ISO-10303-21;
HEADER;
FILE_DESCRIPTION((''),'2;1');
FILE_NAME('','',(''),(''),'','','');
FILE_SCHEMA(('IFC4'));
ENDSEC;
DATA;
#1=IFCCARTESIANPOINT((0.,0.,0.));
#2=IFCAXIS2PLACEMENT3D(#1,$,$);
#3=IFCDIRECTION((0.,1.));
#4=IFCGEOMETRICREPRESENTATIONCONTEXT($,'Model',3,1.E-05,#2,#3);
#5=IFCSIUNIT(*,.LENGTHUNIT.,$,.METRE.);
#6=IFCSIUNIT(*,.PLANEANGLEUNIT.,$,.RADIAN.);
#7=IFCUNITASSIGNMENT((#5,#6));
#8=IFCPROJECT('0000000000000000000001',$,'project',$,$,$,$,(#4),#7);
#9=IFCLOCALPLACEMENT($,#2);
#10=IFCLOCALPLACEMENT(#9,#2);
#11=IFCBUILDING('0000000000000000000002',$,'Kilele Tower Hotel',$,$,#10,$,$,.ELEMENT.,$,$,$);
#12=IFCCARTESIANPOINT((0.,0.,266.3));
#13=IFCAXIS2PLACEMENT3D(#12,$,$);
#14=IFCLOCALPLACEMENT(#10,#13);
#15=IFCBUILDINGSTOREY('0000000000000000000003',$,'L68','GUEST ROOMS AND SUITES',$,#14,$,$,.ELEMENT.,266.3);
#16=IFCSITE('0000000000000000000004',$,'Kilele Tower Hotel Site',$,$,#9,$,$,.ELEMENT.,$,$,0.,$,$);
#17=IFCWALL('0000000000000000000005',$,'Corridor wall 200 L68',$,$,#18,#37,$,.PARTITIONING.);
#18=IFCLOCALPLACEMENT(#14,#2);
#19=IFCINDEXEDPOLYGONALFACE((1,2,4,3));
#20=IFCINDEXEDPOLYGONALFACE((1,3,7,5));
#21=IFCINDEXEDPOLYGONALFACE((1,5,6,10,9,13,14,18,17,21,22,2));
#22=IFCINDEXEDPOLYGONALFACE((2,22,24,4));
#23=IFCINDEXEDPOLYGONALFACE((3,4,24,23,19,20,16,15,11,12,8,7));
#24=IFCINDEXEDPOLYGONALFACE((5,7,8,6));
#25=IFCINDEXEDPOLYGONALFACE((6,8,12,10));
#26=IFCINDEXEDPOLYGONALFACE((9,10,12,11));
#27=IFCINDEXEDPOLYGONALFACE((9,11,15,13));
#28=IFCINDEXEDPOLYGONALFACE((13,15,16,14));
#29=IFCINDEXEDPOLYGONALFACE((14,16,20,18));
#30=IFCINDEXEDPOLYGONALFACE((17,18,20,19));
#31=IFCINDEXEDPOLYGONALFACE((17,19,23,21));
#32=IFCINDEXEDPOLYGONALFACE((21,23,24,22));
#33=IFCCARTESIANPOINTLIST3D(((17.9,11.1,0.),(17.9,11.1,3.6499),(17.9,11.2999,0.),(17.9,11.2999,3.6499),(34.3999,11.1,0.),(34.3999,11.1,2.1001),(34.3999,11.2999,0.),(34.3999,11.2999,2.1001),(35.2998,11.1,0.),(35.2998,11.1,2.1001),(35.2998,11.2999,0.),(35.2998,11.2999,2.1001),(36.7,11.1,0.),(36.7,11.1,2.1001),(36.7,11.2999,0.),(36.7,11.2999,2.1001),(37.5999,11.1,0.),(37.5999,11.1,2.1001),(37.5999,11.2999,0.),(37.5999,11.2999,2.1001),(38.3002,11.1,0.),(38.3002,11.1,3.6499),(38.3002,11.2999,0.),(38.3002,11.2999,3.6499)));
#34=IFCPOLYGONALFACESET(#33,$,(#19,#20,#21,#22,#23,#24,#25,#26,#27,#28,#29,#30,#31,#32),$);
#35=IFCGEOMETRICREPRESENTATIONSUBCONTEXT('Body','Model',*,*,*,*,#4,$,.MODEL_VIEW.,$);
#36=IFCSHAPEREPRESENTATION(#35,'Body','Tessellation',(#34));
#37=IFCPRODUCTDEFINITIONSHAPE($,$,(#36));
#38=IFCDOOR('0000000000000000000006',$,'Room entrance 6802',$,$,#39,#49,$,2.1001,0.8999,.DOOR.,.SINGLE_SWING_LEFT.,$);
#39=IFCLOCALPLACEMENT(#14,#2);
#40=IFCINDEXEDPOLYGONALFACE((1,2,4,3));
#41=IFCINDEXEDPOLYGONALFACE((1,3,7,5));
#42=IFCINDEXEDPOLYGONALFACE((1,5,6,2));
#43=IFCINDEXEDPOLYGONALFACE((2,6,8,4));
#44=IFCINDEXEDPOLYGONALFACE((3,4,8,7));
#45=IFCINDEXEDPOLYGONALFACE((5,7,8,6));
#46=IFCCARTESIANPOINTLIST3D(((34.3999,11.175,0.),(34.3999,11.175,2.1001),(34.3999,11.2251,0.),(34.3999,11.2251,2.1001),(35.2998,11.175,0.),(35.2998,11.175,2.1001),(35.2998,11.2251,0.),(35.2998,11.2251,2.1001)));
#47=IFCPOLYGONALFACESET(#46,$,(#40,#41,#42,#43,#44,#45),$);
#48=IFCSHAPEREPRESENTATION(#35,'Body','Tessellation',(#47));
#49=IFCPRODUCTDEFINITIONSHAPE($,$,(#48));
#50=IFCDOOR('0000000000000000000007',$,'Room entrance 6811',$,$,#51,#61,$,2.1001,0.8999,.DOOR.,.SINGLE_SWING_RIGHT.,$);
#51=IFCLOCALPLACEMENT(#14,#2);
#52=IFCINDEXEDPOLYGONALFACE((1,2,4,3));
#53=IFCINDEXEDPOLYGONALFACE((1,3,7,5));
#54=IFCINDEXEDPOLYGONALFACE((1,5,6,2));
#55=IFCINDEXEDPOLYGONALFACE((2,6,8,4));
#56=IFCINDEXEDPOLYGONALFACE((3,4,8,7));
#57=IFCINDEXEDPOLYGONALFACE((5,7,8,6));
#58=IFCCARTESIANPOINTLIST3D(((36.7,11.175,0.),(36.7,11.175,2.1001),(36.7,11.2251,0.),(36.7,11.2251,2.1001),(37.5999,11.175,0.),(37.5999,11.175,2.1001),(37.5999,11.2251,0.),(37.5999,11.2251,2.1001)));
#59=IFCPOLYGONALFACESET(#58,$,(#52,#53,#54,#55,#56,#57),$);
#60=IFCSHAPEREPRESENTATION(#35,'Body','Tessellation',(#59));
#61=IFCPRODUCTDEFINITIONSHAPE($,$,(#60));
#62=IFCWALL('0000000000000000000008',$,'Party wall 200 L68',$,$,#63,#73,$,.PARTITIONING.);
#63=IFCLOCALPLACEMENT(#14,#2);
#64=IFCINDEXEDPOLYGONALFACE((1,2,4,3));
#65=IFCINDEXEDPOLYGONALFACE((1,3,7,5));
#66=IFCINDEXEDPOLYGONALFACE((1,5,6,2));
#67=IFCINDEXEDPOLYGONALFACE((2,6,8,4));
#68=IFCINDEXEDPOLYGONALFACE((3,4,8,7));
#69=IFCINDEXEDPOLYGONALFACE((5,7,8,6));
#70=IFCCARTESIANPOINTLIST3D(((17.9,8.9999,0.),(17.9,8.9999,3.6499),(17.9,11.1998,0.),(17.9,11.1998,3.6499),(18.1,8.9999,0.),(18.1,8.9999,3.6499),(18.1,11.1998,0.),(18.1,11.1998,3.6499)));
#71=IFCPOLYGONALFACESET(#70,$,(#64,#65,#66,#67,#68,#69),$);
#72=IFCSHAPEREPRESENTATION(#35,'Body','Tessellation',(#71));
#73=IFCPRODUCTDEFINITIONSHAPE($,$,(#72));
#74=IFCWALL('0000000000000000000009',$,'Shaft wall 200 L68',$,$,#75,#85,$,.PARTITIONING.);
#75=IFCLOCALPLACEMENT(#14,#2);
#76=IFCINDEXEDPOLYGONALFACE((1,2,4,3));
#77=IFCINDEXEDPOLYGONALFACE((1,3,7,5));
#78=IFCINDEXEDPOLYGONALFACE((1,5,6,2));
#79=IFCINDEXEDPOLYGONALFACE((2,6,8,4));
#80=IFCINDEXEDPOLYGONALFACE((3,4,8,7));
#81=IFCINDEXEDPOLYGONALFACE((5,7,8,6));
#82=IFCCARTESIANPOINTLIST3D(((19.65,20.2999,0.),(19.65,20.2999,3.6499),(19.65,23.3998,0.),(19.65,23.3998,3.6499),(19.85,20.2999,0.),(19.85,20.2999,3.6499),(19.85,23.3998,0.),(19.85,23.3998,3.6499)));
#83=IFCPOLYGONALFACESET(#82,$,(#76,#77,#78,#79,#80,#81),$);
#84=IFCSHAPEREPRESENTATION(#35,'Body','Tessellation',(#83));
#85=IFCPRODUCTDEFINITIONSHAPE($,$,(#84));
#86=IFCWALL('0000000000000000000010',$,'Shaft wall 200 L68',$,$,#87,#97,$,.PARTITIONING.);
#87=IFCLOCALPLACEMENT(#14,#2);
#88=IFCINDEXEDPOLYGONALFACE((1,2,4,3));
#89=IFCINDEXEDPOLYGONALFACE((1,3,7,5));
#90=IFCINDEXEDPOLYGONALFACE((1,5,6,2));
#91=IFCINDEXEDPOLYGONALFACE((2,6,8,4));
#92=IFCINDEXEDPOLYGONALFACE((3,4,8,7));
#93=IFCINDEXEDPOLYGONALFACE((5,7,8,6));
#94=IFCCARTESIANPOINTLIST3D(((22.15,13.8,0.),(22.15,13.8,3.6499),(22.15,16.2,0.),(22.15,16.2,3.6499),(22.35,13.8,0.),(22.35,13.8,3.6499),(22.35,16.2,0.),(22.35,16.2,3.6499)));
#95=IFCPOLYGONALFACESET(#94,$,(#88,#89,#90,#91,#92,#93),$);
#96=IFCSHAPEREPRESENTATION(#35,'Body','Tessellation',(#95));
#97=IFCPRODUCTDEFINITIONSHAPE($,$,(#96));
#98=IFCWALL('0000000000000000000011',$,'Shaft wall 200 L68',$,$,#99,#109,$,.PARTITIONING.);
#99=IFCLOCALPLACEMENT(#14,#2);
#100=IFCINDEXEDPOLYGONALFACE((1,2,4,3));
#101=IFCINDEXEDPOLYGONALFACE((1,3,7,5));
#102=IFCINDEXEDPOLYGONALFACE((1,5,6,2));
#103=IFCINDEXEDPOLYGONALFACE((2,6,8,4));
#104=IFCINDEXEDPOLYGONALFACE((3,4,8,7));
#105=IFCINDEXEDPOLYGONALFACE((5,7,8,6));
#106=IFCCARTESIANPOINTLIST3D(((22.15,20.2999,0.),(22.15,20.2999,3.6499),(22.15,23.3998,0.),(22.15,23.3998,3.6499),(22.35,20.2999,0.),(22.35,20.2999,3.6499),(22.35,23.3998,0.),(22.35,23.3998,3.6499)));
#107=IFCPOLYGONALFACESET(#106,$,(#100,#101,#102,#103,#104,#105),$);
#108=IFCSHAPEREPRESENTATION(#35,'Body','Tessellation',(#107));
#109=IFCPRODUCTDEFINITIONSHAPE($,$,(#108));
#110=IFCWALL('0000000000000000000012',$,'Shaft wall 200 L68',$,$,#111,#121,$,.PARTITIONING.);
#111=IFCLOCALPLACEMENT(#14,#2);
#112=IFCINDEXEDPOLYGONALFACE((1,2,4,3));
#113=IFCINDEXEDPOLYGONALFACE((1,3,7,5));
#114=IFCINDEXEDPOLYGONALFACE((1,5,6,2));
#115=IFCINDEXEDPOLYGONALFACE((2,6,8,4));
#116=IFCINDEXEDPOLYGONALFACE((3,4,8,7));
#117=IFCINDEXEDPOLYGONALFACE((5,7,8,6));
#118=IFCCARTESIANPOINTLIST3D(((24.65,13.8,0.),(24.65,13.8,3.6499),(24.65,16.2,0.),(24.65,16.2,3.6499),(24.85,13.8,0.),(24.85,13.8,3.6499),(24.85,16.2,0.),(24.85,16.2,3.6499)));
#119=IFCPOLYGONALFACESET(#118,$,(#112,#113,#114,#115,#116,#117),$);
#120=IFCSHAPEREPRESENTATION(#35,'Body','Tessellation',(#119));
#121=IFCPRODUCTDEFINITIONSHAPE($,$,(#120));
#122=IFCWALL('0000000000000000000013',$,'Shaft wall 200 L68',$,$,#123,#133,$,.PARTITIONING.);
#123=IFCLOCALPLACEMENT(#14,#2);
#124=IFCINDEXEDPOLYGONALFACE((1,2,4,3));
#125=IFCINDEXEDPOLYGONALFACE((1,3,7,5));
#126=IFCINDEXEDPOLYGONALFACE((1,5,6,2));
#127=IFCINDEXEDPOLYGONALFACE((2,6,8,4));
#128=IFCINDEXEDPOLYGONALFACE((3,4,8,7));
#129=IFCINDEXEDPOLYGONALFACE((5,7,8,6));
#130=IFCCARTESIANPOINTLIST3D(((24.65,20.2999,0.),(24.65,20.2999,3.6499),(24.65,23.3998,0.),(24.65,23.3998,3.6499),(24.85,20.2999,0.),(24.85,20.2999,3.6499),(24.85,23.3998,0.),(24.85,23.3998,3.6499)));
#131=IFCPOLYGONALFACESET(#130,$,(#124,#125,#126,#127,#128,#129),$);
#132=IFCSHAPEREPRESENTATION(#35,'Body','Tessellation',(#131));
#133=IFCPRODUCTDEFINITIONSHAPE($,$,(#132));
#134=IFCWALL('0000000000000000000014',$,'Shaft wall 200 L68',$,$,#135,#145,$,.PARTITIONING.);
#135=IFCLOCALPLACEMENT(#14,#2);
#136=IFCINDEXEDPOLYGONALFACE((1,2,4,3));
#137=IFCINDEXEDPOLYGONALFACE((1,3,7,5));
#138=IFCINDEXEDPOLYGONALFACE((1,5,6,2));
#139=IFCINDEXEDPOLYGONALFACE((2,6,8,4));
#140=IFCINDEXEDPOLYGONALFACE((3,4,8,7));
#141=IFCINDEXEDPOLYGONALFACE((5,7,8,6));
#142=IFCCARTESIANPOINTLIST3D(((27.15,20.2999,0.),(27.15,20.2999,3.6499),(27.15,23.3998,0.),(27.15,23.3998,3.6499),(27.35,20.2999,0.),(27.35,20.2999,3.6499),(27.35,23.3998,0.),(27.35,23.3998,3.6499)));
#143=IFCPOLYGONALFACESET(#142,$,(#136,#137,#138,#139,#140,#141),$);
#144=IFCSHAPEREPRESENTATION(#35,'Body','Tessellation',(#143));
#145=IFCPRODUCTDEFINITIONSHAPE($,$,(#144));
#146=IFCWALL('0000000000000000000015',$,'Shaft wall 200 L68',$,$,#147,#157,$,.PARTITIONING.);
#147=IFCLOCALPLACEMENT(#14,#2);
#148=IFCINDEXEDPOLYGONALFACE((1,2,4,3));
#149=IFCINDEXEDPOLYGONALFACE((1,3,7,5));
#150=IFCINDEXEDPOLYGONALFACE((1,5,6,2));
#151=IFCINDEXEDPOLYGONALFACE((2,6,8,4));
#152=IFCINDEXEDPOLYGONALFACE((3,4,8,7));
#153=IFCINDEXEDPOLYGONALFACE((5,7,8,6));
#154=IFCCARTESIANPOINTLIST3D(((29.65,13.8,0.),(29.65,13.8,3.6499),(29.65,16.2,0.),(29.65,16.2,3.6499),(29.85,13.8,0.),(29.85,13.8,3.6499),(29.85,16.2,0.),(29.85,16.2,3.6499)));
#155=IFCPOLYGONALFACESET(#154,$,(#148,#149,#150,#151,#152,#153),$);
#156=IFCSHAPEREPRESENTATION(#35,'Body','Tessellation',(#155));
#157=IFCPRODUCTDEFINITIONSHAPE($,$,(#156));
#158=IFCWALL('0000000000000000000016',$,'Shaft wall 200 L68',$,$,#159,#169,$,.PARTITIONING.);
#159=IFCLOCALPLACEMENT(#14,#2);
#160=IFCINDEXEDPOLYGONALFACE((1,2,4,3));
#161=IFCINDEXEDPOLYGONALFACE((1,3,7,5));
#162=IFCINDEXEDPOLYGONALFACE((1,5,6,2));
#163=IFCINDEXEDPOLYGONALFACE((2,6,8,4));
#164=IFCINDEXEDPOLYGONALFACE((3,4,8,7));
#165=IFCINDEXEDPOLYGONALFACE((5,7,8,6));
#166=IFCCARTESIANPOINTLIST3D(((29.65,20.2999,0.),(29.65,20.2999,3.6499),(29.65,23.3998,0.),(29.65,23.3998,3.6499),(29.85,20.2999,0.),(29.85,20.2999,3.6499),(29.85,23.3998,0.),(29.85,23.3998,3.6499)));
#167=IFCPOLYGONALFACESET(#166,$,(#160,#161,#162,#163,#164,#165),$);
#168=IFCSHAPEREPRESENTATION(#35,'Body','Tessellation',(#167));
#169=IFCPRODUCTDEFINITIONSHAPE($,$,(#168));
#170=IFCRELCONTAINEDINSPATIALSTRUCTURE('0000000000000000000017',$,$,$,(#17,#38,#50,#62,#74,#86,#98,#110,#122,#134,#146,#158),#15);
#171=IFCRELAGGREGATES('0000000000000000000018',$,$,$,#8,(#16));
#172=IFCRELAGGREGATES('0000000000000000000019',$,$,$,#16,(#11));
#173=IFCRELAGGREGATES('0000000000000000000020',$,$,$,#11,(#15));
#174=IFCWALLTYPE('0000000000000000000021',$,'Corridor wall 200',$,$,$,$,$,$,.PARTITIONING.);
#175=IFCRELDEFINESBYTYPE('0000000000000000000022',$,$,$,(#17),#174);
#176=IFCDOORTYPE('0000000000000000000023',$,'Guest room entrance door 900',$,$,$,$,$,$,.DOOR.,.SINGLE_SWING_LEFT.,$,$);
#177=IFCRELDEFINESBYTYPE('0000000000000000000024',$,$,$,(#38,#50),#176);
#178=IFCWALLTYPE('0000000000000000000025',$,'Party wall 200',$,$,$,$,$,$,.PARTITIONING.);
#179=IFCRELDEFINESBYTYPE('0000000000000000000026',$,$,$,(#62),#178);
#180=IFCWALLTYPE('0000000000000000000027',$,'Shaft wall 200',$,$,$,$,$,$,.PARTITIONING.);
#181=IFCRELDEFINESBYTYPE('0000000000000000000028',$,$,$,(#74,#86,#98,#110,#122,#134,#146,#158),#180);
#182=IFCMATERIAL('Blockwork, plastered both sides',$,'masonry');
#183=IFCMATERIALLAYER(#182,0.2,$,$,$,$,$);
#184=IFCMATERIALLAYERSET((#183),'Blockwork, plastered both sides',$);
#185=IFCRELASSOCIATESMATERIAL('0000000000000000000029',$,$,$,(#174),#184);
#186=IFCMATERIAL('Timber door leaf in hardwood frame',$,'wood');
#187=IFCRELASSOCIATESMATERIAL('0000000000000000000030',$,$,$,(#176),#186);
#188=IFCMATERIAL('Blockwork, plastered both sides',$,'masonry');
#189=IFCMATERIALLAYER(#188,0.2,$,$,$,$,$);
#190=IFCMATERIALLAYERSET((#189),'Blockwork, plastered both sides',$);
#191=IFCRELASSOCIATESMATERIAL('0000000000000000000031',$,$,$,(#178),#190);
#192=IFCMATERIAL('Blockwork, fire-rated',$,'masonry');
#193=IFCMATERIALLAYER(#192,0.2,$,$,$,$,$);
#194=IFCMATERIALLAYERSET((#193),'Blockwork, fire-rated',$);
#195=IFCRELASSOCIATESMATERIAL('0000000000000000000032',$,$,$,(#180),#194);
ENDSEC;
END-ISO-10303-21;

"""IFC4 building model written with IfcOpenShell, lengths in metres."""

from ifc_helpers import new_model, si_unit, direction, frame, frame_2d, origin, place, context, subcontext, project, spatial, rectangle, extrude, material, layer, layer_set, type_object, element, fill, save


model = new_model("IFC4")

# Units and contexts
model_context = context("Model", 3, precision=1e-05, world=origin(), true_north=direction((0.0, 1.0)))
body_context = subcontext(model_context, "Body", "Model", "MODEL_VIEW")
ifc_project = project(units=[si_unit("LENGTHUNIT", "METRE"), si_unit("PLANEANGLEUNIT", "RADIAN")], contexts=[model_context])

# Site, building, storey
site_placement = place(None, origin())
site = spatial("IfcSite", under=ifc_project, at=site_placement, Name="Kilele Tower Hotel Site", CompositionType="ELEMENT", RefElevation=0.0)
building_placement = place(site_placement, origin())
building = spatial("IfcBuilding", under=site, at=building_placement, Name="Kilele Tower Hotel", CompositionType="ELEMENT")
storey_placement = place(building_placement, frame((0.0, 0.0, 266.3)))
storey = spatial("IfcBuildingStorey", under=building, at=storey_placement, Name="L68", Description="GUEST ROOMS AND SUITES", CompositionType="ELEMENT", Elevation=266.3)

# Wall, openings, doors
ifc_material_1 = material(Name="Blockwork, plastered both sides", Category="masonry")
ifc_layer_1 = layer(ifc_material_1, 0.2)
ifc_layer_set_1 = layer_set([ifc_layer_1], Name="Blockwork, plastered both sides")
wall_type_1 = type_object("IfcWallType", Name="Corridor wall 200", PredefinedType="PARTITIONING", material=ifc_layer_set_1)
wall_1_placement = place(storey_placement, frame((17.8999, 11.2, 0.0), z_axis=(0.0, 0.0, 1.0), x_axis=(1.0, 0.0, 0.0)))
wall_1 = element("IfcWall", 1, at=wall_1_placement, inside=storey, type_object=wall_type_1, Name="Corridor wall 200 L68", PredefinedType="PARTITIONING", context=body_context, shape_type="SweptSolid", body=[
    extrude(rectangle(XDim=20.4001, YDim=0.2, at=frame_2d((10.2002, 0.0))), origin(), (0.0, 0.0, 1.0), 3.6499),
])
opening_1_placement = place(wall_1_placement, frame((17.3999, 0.0, 0.0), z_axis=(0.0, 0.0, 1.0), x_axis=(-1.0, 0.0, 0.0)))
opening_1 = element("IfcOpeningElement", 2, at=opening_1_placement, cuts=wall_1, PredefinedType="OPENING", context=body_context, shape_type="SweptSolid", body=[
    extrude(rectangle(XDim=0.8999, YDim=2.1001, at=frame_2d((0.45, 1.05))), frame((0.0, 0.1099, 0.0), z_axis=(0.0, -1.0, 0.0), x_axis=(1.0, 0.0, 0.0)), (0.0, 0.0, 1.0), 0.22),
])
opening_2_placement = place(wall_1_placement, frame((19.7, 0.0, 0.0), z_axis=(0.0, 0.0, 1.0), x_axis=(-1.0, 0.0, 0.0)))
opening_2 = element("IfcOpeningElement", 3, at=opening_2_placement, cuts=wall_1, PredefinedType="OPENING", context=body_context, shape_type="SweptSolid", body=[
    extrude(rectangle(XDim=0.8999, YDim=2.1001, at=frame_2d((0.45, 1.05))), frame((0.0, 0.1099, 0.0), z_axis=(0.0, -1.0, 0.0), x_axis=(1.0, 0.0, 0.0)), (0.0, 0.0, 1.0), 0.22),
])
ifc_material_2 = material(Name="Timber door leaf in hardwood frame", Category="wood")
door_type_1 = type_object("IfcDoorType", Name="Guest room entrance door 900", OperationType="SINGLE_SWING_LEFT", PredefinedType="DOOR", material=ifc_material_2)
door_1_placement = place(opening_1_placement, origin())
door_1 = element("IfcDoor", 4, at=door_1_placement, inside=storey, type_object=door_type_1, Name="Room entrance 6802", OperationType="SINGLE_SWING_LEFT", OverallHeight=2.1001, OverallWidth=0.8999, PredefinedType="DOOR", context=body_context, shape_type="SweptSolid", body=[
    extrude(rectangle(XDim=0.8999, YDim=2.1001, at=frame_2d((0.45, 1.05))), frame((0.0, 0.0249, 0.0), z_axis=(0.0, -1.0, 0.0), x_axis=(1.0, 0.0, 0.0)), (0.0, 0.0, 1.0), 0.05),
])
fill(opening_1, door_1)
door_2_placement = place(opening_2_placement, origin())
door_2 = element("IfcDoor", 5, at=door_2_placement, inside=storey, type_object=door_type_1, Name="Room entrance 6811", OperationType="SINGLE_SWING_RIGHT", OverallHeight=2.1001, OverallWidth=0.8999, PredefinedType="DOOR", context=body_context, shape_type="SweptSolid", body=[
    extrude(rectangle(XDim=0.8999, YDim=2.1001, at=frame_2d((0.45, 1.05))), frame((0.0, 0.0249, 0.0), z_axis=(0.0, -1.0, 0.0), x_axis=(1.0, 0.0, 0.0)), (0.0, 0.0, 1.0), 0.05),
])
fill(opening_2, door_2)

# Walls
ifc_material_3 = material(Name="Blockwork, plastered both sides", Category="masonry")
ifc_layer_2 = layer(ifc_material_3, 0.2)
ifc_layer_set_2 = layer_set([ifc_layer_2], Name="Blockwork, plastered both sides")
wall_type_2 = type_object("IfcWallType", Name="Party wall 200", PredefinedType="PARTITIONING", material=ifc_layer_set_2)
wall_2_placement = place(storey_placement, frame((18.0, 11.2, 0.0), z_axis=(0.0, 0.0, 1.0), x_axis=(0.0, -1.0, 0.0)))
element("IfcWall", 6, at=wall_2_placement, inside=storey, type_object=wall_type_2, Name="Party wall 200 L68", PredefinedType="PARTITIONING", context=body_context, shape_type="SweptSolid", body=[
    extrude(rectangle(XDim=2.2, YDim=0.2, at=frame_2d((1.1001, 0.0))), origin(), (0.0, 0.0, 1.0), 3.6499),
])
ifc_material_4 = material(Name="Blockwork, fire-rated", Category="masonry")
ifc_layer_3 = layer(ifc_material_4, 0.2)
ifc_layer_set_3 = layer_set([ifc_layer_3], Name="Blockwork, fire-rated")
wall_type_3 = type_object("IfcWallType", Name="Shaft wall 200", PredefinedType="PARTITIONING", material=ifc_layer_set_3)
wall_3_placement = place(storey_placement, frame((19.75, 20.3, 0.0), z_axis=(0.0, 0.0, 1.0), x_axis=(0.0, 1.0, 0.0)))
element("IfcWall", 7, at=wall_3_placement, inside=storey, type_object=wall_type_3, Name="Shaft wall 200 L68", PredefinedType="PARTITIONING", context=body_context, shape_type="SweptSolid", body=[
    extrude(rectangle(XDim=3.0999, YDim=0.2, at=frame_2d((1.5498, 0.0))), origin(), (0.0, 0.0, 1.0), 3.6499),
])
wall_4_placement = place(storey_placement, frame((22.25, 13.8, 0.0), z_axis=(0.0, 0.0, 1.0), x_axis=(0.0, 1.0, 0.0)))
element("IfcWall", 8, at=wall_4_placement, inside=storey, type_object=wall_type_3, Name="Shaft wall 200 L68", PredefinedType="PARTITIONING", context=body_context, shape_type="SweptSolid", body=[
    extrude(rectangle(XDim=2.3999, YDim=0.2, at=frame_2d((1.2, 0.0))), origin(), (0.0, 0.0, 1.0), 3.6499),
])
wall_5_placement = place(storey_placement, frame((22.25, 20.3, 0.0), z_axis=(0.0, 0.0, 1.0), x_axis=(0.0, 1.0, 0.0)))
element("IfcWall", 9, at=wall_5_placement, inside=storey, type_object=wall_type_3, Name="Shaft wall 200 L68", PredefinedType="PARTITIONING", context=body_context, shape_type="SweptSolid", body=[
    extrude(rectangle(XDim=3.0999, YDim=0.2, at=frame_2d((1.5498, 0.0))), origin(), (0.0, 0.0, 1.0), 3.6499),
])
wall_6_placement = place(storey_placement, frame((24.75, 13.8, 0.0), z_axis=(0.0, 0.0, 1.0), x_axis=(0.0, 1.0, 0.0)))
element("IfcWall", 10, at=wall_6_placement, inside=storey, type_object=wall_type_3, Name="Shaft wall 200 L68", PredefinedType="PARTITIONING", context=body_context, shape_type="SweptSolid", body=[
    extrude(rectangle(XDim=2.3999, YDim=0.2, at=frame_2d((1.2, 0.0))), origin(), (0.0, 0.0, 1.0), 3.6499),
])
for number, where, z_axis, x_axis, name in (
    (11, (24.75, 20.3, 0.0), (0.0, 0.0, 1.0), (0.0, 1.0, 0.0), "Shaft wall 200 L68"),
    (12, (27.25, 20.3, 0.0), (0.0, 0.0, 1.0), (0.0, 1.0, 0.0), "Shaft wall 200 L68"),
):
    element("IfcWall", number, at=place(storey_placement, frame(where, z_axis=z_axis, x_axis=x_axis)), inside=storey, type_object=wall_type_3, Name=name, PredefinedType="PARTITIONING", context=body_context, shape_type="SweptSolid", body=[
        extrude(rectangle(XDim=3.0999, YDim=0.2, at=frame_2d((1.5498, 0.0))), origin(), (0.0, 0.0, 1.0), 3.6499),
    ])
wall_7_placement = place(storey_placement, frame((29.75, 13.8, 0.0), z_axis=(0.0, 0.0, 1.0), x_axis=(0.0, 1.0, 0.0)))
element("IfcWall", 13, at=wall_7_placement, inside=storey, type_object=wall_type_3, Name="Shaft wall 200 L68", PredefinedType="PARTITIONING", context=body_context, shape_type="SweptSolid", body=[
    extrude(rectangle(XDim=2.3999, YDim=0.2, at=frame_2d((1.2, 0.0))), origin(), (0.0, 0.0, 1.0), 3.6499),
])
wall_8_placement = place(storey_placement, frame((29.75, 20.3, 0.0), z_axis=(0.0, 0.0, 1.0), x_axis=(0.0, 1.0, 0.0)))
element("IfcWall", 14, at=wall_8_placement, inside=storey, type_object=wall_type_3, Name="Shaft wall 200 L68", PredefinedType="PARTITIONING", context=body_context, shape_type="SweptSolid", body=[
    extrude(rectangle(XDim=3.0999, YDim=0.2, at=frame_2d((1.5498, 0.0))), origin(), (0.0, 0.0, 1.0), 3.6499),
])

save(model, "model.ifc")
